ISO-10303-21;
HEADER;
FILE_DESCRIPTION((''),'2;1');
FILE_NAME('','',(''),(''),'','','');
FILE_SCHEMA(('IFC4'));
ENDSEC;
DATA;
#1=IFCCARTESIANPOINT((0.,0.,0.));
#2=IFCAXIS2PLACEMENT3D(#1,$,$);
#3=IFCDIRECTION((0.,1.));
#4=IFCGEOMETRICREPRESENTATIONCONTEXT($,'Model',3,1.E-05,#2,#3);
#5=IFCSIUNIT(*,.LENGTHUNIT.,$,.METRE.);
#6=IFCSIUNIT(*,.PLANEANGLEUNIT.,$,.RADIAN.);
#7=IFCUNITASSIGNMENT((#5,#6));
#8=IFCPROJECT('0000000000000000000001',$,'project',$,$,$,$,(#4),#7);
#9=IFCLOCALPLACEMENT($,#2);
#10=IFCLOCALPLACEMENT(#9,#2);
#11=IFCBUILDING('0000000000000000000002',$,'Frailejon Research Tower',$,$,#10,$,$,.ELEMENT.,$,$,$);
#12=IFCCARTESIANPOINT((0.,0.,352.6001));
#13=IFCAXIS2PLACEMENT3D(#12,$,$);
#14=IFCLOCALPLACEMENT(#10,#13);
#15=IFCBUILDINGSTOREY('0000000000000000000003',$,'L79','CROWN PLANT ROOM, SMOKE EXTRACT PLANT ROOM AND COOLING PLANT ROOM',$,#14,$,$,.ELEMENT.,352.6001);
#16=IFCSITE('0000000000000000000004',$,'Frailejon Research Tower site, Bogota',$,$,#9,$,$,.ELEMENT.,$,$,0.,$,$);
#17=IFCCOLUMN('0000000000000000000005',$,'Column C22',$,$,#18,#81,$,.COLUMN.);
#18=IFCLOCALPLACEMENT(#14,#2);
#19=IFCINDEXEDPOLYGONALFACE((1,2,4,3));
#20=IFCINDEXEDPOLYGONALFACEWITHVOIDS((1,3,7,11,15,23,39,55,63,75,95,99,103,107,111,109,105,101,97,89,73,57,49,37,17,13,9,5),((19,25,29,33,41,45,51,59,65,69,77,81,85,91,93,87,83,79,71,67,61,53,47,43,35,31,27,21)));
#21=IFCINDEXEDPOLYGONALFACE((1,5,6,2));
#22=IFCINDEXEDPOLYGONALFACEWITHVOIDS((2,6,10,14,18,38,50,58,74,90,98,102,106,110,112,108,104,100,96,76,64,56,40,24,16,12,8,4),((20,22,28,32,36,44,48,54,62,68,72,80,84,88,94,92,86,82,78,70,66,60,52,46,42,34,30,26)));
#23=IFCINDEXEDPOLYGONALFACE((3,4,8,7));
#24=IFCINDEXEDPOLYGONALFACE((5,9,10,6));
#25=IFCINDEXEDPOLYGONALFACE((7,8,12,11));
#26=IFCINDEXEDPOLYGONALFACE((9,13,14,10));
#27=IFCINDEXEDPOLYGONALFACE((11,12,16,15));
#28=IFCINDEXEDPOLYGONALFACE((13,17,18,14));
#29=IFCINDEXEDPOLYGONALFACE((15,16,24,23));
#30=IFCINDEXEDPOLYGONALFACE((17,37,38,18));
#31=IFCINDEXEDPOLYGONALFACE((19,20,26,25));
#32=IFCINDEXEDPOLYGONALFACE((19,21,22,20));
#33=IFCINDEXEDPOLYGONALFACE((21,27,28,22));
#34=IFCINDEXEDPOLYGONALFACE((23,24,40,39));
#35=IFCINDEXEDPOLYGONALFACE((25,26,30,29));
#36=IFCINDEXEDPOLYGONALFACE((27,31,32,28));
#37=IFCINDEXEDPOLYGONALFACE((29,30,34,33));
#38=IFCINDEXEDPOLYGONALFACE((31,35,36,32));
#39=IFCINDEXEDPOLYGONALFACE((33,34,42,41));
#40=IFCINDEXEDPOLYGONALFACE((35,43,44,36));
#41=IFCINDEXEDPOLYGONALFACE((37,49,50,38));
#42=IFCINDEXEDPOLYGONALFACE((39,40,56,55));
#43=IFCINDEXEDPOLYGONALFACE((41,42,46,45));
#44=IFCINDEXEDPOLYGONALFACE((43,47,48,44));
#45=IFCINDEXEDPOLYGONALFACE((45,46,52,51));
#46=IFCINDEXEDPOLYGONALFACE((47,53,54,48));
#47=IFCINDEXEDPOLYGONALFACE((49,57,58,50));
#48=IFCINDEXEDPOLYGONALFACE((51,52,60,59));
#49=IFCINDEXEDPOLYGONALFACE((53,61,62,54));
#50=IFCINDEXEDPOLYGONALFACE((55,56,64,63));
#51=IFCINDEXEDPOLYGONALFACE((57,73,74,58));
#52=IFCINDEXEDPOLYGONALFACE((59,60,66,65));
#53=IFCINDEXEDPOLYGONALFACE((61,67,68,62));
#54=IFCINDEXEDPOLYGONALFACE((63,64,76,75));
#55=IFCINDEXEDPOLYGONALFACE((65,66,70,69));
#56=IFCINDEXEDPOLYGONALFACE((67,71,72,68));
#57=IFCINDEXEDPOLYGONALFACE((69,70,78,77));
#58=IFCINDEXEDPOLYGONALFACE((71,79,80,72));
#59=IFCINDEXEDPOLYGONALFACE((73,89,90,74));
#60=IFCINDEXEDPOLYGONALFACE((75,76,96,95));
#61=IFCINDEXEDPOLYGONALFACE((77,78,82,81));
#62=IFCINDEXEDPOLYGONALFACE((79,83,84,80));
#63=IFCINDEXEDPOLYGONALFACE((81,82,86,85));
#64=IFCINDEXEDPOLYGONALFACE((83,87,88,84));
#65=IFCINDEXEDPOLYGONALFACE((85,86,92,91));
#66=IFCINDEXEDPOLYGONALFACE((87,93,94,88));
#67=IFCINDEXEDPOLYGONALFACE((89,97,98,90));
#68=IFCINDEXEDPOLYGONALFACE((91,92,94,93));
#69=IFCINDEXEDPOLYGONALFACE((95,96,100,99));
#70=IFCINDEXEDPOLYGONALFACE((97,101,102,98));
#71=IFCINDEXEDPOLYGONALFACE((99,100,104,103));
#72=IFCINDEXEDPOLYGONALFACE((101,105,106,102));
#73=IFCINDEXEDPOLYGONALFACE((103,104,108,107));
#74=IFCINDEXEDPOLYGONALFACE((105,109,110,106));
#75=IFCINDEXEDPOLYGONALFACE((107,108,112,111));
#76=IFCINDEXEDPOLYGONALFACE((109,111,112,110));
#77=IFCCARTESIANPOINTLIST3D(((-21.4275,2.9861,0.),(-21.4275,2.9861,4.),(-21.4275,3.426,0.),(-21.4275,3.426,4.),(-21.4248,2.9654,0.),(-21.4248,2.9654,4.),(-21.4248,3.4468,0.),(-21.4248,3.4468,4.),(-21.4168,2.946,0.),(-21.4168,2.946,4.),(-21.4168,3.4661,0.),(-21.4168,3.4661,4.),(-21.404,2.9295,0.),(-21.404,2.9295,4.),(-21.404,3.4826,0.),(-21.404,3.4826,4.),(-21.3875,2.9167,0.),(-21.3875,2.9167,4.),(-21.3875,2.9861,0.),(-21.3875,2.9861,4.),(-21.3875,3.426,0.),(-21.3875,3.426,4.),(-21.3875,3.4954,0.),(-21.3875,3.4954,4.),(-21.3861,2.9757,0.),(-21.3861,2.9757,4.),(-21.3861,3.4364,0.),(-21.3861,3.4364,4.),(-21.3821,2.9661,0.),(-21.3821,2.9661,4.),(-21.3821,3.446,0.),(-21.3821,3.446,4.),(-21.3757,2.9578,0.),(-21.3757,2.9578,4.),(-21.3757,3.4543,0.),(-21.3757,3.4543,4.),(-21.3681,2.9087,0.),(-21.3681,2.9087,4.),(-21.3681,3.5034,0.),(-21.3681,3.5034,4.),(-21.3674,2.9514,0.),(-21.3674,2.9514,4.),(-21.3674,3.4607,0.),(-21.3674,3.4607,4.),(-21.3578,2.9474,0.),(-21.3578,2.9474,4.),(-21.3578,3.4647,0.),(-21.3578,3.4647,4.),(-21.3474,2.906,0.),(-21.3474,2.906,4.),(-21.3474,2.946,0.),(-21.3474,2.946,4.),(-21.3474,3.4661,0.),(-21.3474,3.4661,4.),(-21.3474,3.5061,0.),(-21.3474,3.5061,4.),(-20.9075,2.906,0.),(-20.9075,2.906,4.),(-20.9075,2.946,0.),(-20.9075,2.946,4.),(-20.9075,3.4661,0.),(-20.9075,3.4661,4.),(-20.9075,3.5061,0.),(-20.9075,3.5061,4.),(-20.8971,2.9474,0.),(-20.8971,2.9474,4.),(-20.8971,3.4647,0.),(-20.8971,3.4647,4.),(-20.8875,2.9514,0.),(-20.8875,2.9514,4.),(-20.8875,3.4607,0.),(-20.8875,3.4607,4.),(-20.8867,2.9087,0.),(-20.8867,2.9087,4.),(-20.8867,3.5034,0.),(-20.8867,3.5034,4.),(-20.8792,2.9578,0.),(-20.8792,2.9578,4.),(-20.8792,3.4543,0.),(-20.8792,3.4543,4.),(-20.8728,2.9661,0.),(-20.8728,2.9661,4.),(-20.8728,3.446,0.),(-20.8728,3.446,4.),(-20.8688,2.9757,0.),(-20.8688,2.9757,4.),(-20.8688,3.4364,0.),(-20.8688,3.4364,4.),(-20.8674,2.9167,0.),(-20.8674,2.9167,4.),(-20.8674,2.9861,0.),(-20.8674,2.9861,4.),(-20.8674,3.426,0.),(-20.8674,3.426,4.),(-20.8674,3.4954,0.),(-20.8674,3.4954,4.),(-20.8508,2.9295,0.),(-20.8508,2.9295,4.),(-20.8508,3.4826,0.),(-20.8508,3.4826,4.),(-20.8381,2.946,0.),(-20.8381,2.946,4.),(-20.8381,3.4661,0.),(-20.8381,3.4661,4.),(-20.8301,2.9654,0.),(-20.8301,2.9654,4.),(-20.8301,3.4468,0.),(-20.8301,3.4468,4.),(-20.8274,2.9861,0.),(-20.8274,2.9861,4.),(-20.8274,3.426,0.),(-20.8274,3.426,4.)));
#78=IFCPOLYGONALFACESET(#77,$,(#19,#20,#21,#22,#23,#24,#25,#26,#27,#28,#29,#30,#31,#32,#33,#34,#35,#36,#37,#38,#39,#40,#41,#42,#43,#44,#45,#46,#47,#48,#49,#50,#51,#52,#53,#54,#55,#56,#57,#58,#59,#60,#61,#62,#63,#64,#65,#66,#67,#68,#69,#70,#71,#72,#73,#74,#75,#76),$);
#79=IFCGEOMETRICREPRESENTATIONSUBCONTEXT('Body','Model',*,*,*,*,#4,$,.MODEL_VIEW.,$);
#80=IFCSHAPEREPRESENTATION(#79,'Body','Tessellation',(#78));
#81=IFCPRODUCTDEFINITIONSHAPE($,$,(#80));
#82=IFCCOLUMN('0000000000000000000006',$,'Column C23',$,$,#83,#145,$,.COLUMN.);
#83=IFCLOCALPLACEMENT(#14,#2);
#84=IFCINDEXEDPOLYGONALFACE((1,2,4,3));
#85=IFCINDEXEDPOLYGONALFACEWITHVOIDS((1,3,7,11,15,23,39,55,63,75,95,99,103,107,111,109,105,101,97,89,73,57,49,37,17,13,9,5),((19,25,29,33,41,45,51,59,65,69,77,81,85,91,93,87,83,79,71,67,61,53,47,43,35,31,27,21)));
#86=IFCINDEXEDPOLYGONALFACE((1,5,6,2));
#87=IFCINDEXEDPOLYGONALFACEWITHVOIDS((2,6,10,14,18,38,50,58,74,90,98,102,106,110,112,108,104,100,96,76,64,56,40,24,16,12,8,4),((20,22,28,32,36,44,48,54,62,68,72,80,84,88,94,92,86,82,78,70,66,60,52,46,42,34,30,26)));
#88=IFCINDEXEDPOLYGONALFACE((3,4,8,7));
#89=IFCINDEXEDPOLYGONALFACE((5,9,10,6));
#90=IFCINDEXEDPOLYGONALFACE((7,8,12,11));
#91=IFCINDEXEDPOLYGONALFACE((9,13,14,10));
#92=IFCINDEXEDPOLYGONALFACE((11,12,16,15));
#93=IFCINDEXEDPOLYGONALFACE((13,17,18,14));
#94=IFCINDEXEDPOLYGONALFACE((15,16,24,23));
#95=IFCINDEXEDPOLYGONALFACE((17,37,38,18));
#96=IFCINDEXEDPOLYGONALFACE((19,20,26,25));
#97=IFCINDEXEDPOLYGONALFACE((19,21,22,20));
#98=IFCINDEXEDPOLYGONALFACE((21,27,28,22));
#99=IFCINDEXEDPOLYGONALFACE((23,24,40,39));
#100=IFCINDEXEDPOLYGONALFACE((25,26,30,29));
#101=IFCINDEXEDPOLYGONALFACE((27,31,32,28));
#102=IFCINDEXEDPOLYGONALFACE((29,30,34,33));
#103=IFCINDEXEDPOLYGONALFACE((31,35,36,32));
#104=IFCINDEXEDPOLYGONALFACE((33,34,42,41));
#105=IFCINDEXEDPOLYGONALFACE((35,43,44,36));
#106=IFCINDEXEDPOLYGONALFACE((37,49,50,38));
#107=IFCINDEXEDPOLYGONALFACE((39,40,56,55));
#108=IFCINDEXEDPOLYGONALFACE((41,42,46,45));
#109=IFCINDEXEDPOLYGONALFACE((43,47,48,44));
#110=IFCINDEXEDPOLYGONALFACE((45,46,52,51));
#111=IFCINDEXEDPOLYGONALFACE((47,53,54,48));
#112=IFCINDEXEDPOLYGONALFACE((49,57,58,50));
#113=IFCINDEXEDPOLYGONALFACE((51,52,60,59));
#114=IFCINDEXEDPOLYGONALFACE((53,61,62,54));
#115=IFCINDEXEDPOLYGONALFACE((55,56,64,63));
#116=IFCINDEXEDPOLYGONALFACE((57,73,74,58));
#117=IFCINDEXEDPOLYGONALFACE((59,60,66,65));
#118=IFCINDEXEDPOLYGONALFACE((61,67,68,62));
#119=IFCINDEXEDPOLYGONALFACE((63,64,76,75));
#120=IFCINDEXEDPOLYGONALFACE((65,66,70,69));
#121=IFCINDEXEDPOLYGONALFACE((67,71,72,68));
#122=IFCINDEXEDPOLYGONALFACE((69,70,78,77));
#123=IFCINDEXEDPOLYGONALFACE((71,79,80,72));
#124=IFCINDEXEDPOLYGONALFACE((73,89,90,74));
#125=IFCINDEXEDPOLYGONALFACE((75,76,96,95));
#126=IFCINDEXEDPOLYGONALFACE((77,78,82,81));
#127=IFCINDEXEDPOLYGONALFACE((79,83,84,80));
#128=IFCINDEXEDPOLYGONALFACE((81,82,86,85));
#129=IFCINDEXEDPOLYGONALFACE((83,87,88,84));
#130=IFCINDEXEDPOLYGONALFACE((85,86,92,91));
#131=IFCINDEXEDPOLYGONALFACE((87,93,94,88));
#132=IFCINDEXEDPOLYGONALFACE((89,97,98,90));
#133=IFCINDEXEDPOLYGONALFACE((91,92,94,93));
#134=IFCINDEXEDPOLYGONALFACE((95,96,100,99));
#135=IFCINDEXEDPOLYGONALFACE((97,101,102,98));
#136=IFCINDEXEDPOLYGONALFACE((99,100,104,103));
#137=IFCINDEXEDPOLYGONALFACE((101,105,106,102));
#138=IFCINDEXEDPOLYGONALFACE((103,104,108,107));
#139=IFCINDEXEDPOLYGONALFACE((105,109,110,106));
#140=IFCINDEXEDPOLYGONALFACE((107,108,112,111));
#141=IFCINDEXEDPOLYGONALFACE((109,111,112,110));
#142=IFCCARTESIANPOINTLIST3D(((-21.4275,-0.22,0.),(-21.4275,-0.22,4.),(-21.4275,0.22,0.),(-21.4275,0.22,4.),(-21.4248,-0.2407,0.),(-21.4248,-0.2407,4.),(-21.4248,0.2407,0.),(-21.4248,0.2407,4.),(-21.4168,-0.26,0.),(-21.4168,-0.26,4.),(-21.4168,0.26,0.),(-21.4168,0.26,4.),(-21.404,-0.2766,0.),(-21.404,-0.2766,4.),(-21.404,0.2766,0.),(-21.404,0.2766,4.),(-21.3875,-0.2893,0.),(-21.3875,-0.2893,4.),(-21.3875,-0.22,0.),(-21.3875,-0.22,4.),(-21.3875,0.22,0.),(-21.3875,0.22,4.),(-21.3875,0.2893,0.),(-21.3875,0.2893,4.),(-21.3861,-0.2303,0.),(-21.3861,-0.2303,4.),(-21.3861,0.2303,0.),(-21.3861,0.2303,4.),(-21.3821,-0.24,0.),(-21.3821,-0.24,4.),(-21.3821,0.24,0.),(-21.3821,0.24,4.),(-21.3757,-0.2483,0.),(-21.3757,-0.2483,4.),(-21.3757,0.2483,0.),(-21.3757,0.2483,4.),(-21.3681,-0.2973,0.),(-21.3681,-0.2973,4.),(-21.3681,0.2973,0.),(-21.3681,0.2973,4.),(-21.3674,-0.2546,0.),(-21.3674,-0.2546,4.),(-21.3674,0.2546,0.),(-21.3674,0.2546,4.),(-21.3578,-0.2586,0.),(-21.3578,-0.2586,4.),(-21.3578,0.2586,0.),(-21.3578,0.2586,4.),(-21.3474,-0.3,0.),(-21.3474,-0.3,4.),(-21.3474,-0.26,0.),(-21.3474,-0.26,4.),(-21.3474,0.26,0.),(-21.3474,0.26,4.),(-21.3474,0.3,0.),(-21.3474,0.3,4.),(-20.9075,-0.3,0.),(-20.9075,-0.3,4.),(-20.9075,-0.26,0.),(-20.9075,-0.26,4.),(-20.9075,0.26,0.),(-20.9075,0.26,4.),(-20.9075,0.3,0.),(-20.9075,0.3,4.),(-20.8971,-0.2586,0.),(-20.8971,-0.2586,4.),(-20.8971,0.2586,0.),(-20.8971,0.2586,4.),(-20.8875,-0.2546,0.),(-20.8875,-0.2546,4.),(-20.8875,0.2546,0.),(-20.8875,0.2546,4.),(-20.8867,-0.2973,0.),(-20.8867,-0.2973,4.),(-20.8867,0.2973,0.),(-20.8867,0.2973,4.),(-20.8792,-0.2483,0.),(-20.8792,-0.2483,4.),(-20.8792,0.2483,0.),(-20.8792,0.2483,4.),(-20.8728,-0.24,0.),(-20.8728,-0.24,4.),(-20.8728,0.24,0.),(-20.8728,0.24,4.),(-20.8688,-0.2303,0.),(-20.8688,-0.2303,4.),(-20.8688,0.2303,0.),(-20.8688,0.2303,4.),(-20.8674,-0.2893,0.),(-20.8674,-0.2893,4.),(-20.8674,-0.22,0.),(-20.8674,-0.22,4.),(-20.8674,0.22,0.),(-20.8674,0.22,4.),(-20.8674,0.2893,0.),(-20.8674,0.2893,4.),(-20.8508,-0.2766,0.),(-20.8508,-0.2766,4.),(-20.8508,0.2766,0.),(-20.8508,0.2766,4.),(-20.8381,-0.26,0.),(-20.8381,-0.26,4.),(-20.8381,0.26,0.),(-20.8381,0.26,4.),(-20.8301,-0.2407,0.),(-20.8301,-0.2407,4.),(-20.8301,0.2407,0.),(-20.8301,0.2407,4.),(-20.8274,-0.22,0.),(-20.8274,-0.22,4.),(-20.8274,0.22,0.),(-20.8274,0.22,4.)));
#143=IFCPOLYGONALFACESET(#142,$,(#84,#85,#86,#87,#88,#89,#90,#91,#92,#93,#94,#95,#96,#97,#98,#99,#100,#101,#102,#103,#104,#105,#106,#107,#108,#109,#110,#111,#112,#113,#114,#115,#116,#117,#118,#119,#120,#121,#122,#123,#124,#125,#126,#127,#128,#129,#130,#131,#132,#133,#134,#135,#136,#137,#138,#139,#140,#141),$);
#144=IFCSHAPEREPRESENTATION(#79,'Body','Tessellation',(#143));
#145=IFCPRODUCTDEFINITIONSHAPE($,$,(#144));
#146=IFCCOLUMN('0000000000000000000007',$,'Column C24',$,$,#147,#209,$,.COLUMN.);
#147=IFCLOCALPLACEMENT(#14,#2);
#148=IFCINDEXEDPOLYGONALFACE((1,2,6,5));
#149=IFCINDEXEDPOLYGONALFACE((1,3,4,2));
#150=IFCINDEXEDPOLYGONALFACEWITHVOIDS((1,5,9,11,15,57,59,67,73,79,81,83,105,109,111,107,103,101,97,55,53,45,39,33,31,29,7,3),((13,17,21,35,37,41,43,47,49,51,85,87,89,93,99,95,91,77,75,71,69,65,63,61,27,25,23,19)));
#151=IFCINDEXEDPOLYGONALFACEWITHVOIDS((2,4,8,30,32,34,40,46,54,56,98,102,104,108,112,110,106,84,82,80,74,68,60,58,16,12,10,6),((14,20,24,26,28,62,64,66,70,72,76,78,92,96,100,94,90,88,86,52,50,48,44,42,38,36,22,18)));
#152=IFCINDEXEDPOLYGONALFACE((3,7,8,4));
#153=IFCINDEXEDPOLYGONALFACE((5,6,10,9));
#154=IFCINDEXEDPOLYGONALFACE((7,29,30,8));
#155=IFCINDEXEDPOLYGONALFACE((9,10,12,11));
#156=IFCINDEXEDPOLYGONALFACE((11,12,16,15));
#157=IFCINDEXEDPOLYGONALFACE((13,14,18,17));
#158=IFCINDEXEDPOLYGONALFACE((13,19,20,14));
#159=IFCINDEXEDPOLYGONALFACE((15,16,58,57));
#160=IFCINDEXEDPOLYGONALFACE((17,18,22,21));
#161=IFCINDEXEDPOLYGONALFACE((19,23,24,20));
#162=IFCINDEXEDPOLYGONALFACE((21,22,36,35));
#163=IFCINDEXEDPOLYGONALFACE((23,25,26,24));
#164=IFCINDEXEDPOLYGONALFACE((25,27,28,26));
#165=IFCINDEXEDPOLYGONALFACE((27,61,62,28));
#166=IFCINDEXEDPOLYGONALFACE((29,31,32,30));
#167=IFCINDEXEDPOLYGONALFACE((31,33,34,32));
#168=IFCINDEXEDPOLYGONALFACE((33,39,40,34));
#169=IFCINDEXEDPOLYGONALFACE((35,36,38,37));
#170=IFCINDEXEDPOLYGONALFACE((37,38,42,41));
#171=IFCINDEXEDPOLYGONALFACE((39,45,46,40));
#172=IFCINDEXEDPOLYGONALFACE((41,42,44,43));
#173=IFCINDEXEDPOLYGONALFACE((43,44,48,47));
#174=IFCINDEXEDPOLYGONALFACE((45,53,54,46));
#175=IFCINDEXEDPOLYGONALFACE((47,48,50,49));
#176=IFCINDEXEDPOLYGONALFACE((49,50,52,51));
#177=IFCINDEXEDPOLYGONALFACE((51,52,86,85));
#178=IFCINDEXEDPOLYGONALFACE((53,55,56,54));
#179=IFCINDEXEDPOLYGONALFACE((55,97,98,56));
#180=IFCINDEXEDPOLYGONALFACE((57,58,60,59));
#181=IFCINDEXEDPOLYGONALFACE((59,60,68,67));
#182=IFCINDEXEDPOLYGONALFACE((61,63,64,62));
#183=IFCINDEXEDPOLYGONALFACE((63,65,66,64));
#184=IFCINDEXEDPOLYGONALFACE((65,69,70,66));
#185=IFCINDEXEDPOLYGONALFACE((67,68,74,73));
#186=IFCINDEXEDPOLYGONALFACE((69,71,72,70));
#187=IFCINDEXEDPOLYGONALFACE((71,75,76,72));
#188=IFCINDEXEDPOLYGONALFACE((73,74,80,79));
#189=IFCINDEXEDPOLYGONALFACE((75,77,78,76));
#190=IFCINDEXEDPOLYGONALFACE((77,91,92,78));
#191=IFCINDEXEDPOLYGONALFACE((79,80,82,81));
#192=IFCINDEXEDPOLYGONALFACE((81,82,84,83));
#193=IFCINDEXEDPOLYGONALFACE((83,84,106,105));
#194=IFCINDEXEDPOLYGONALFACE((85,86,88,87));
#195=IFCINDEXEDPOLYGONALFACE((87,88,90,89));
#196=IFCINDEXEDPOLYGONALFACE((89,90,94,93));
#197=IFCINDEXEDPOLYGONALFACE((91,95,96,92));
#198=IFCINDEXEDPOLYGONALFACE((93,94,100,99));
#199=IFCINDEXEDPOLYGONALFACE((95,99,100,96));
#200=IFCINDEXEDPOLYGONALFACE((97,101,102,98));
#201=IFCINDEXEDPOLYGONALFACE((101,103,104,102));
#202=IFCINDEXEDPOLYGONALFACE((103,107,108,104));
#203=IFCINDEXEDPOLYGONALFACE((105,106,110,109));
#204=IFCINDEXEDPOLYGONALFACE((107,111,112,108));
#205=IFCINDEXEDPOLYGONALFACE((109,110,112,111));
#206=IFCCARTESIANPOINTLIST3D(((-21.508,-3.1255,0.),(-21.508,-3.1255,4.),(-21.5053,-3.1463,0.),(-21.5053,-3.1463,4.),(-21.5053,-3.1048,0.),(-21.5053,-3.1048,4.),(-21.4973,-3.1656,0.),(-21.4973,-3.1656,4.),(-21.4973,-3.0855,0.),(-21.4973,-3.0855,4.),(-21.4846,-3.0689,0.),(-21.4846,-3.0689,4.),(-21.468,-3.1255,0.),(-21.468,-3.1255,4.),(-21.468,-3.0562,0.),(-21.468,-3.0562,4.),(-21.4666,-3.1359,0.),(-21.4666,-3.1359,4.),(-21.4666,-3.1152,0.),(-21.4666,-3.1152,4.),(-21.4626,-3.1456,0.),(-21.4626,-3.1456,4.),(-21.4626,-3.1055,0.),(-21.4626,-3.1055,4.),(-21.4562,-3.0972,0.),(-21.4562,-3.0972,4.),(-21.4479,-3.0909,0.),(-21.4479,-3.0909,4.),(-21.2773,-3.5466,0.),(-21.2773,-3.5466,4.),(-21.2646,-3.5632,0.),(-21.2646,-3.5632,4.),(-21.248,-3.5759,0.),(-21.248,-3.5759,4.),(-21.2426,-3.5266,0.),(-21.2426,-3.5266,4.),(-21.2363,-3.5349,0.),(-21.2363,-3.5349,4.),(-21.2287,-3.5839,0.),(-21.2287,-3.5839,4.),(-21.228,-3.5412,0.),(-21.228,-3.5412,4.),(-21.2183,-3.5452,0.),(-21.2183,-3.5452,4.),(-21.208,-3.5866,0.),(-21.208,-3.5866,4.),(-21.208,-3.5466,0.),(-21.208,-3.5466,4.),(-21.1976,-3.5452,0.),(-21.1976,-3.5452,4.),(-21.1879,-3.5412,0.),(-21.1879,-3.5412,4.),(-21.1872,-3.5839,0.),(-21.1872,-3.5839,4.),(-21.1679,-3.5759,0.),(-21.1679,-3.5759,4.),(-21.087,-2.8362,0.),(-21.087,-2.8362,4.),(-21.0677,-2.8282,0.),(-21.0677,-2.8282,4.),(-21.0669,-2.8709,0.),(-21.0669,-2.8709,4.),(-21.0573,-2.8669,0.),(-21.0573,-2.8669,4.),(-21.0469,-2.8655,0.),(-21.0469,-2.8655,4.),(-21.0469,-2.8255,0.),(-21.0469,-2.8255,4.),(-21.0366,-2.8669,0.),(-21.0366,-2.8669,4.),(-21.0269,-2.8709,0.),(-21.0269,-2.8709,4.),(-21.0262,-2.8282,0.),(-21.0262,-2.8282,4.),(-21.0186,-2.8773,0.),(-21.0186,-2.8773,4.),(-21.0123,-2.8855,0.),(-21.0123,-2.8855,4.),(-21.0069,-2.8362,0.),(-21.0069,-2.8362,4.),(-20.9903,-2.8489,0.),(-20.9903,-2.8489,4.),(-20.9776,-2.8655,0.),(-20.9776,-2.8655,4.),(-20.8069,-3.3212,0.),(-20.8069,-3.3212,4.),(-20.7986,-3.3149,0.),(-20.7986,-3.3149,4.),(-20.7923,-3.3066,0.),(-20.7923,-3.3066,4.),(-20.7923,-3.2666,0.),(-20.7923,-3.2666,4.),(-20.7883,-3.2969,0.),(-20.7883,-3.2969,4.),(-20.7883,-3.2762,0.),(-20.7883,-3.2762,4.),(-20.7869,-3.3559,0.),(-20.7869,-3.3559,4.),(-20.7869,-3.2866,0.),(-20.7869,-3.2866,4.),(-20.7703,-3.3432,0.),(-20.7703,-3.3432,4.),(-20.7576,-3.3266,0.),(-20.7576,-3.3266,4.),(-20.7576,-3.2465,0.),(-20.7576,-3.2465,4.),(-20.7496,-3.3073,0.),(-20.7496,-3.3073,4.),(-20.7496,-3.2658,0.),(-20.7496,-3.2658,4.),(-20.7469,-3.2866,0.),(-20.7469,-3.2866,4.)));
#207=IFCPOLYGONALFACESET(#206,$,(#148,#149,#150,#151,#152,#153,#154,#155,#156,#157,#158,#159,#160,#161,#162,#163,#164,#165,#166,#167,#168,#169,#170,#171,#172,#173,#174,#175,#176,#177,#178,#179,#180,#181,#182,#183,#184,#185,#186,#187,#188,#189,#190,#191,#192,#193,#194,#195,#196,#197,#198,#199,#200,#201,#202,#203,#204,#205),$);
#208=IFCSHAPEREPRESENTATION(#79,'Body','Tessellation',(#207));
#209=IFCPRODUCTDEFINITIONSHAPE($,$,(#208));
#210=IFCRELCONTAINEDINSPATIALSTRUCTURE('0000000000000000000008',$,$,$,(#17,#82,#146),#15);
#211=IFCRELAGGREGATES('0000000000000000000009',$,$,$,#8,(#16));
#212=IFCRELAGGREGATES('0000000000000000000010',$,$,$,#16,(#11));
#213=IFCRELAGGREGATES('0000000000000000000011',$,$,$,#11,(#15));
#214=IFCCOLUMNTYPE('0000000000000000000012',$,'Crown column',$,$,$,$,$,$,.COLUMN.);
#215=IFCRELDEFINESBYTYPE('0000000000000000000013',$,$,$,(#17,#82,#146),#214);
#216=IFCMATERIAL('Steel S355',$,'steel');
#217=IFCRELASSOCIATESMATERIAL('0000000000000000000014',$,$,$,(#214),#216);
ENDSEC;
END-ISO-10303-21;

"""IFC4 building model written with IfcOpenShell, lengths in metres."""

from ifc_helpers import new_model, si_unit, direction, frame, origin, origin_2d, place, context, subcontext, project, spatial, hollow_rectangle, extrude, material, material_profile, profile_set, type_object, element, save


model = new_model("IFC4")

# Units and contexts
model_context = context("Model", 3, precision=1e-05, world=origin(), true_north=direction((0.0, 1.0)))
body_context = subcontext(model_context, "Body", "Model", "MODEL_VIEW")
ifc_project = project(units=[si_unit("LENGTHUNIT", "METRE"), si_unit("PLANEANGLEUNIT", "RADIAN")], contexts=[model_context])

# Site, building, storey
site_placement = place(None, origin())
site = spatial("IfcSite", under=ifc_project, at=site_placement, Name="Frailejon Research Tower site, Bogota", CompositionType="ELEMENT", RefElevation=0.0)
building_placement = place(site_placement, origin())
building = spatial("IfcBuilding", under=site, at=building_placement, Name="Frailejon Research Tower", CompositionType="ELEMENT")
storey_placement = place(building_placement, frame((0.0, 0.0, 352.6001)))
storey = spatial("IfcBuildingStorey", under=building, at=storey_placement, Name="L79", Description="CROWN PLANT ROOM, SMOKE EXTRACT PLANT ROOM AND COOLING PLANT ROOM", CompositionType="ELEMENT", Elevation=352.6001)

# Columns
ifc_material_1 = material(Name="Steel S355", Category="steel")
ifc_material_profile_1 = material_profile(ifc_material_1, hollow_rectangle(XDim=0.6001, YDim=0.6001, WallThickness=0.04, InnerFilletRadius=0.04, OuterFilletRadius=0.0801, at=origin_2d()), Name="Crown column")
ifc_profile_set_1 = profile_set([ifc_material_profile_1], Name="Steel S355")
column_type = type_object("IfcColumnType", Name="Crown column", PredefinedType="COLUMN", material=ifc_profile_set_1)
for number, where, z_axis, x_axis, name in (
    (1, (-21.1274, 3.2061, 0.0), (0.0, 0.0, 1.0), (0.0, -1.0, 0.0), "Column C22"),
    (2, (-21.1274, 0.0, 0.0), (0.0, 0.0, 1.0), (0.0, -1.0, 0.0), "Column C23"),
    (3, (-21.1274, -3.2061, 0.0), (0.0, 0.0, 1.0), (0.5, -0.866025, 0.0), "Column C24"),
):
    element("IfcColumn", number, at=place(storey_placement, frame(where, z_axis=z_axis, x_axis=x_axis)), inside=storey, type_object=column_type, Name=name, PredefinedType="COLUMN", context=body_context, shape_type="SweptSolid", body=[
        extrude(hollow_rectangle(XDim=0.6001, YDim=0.6001, WallThickness=0.04, InnerFilletRadius=0.04, OuterFilletRadius=0.0801, at=origin_2d()), origin(), (0.0, 0.0, 1.0), 4.0),
    ])

save(model, "model.ifc")
